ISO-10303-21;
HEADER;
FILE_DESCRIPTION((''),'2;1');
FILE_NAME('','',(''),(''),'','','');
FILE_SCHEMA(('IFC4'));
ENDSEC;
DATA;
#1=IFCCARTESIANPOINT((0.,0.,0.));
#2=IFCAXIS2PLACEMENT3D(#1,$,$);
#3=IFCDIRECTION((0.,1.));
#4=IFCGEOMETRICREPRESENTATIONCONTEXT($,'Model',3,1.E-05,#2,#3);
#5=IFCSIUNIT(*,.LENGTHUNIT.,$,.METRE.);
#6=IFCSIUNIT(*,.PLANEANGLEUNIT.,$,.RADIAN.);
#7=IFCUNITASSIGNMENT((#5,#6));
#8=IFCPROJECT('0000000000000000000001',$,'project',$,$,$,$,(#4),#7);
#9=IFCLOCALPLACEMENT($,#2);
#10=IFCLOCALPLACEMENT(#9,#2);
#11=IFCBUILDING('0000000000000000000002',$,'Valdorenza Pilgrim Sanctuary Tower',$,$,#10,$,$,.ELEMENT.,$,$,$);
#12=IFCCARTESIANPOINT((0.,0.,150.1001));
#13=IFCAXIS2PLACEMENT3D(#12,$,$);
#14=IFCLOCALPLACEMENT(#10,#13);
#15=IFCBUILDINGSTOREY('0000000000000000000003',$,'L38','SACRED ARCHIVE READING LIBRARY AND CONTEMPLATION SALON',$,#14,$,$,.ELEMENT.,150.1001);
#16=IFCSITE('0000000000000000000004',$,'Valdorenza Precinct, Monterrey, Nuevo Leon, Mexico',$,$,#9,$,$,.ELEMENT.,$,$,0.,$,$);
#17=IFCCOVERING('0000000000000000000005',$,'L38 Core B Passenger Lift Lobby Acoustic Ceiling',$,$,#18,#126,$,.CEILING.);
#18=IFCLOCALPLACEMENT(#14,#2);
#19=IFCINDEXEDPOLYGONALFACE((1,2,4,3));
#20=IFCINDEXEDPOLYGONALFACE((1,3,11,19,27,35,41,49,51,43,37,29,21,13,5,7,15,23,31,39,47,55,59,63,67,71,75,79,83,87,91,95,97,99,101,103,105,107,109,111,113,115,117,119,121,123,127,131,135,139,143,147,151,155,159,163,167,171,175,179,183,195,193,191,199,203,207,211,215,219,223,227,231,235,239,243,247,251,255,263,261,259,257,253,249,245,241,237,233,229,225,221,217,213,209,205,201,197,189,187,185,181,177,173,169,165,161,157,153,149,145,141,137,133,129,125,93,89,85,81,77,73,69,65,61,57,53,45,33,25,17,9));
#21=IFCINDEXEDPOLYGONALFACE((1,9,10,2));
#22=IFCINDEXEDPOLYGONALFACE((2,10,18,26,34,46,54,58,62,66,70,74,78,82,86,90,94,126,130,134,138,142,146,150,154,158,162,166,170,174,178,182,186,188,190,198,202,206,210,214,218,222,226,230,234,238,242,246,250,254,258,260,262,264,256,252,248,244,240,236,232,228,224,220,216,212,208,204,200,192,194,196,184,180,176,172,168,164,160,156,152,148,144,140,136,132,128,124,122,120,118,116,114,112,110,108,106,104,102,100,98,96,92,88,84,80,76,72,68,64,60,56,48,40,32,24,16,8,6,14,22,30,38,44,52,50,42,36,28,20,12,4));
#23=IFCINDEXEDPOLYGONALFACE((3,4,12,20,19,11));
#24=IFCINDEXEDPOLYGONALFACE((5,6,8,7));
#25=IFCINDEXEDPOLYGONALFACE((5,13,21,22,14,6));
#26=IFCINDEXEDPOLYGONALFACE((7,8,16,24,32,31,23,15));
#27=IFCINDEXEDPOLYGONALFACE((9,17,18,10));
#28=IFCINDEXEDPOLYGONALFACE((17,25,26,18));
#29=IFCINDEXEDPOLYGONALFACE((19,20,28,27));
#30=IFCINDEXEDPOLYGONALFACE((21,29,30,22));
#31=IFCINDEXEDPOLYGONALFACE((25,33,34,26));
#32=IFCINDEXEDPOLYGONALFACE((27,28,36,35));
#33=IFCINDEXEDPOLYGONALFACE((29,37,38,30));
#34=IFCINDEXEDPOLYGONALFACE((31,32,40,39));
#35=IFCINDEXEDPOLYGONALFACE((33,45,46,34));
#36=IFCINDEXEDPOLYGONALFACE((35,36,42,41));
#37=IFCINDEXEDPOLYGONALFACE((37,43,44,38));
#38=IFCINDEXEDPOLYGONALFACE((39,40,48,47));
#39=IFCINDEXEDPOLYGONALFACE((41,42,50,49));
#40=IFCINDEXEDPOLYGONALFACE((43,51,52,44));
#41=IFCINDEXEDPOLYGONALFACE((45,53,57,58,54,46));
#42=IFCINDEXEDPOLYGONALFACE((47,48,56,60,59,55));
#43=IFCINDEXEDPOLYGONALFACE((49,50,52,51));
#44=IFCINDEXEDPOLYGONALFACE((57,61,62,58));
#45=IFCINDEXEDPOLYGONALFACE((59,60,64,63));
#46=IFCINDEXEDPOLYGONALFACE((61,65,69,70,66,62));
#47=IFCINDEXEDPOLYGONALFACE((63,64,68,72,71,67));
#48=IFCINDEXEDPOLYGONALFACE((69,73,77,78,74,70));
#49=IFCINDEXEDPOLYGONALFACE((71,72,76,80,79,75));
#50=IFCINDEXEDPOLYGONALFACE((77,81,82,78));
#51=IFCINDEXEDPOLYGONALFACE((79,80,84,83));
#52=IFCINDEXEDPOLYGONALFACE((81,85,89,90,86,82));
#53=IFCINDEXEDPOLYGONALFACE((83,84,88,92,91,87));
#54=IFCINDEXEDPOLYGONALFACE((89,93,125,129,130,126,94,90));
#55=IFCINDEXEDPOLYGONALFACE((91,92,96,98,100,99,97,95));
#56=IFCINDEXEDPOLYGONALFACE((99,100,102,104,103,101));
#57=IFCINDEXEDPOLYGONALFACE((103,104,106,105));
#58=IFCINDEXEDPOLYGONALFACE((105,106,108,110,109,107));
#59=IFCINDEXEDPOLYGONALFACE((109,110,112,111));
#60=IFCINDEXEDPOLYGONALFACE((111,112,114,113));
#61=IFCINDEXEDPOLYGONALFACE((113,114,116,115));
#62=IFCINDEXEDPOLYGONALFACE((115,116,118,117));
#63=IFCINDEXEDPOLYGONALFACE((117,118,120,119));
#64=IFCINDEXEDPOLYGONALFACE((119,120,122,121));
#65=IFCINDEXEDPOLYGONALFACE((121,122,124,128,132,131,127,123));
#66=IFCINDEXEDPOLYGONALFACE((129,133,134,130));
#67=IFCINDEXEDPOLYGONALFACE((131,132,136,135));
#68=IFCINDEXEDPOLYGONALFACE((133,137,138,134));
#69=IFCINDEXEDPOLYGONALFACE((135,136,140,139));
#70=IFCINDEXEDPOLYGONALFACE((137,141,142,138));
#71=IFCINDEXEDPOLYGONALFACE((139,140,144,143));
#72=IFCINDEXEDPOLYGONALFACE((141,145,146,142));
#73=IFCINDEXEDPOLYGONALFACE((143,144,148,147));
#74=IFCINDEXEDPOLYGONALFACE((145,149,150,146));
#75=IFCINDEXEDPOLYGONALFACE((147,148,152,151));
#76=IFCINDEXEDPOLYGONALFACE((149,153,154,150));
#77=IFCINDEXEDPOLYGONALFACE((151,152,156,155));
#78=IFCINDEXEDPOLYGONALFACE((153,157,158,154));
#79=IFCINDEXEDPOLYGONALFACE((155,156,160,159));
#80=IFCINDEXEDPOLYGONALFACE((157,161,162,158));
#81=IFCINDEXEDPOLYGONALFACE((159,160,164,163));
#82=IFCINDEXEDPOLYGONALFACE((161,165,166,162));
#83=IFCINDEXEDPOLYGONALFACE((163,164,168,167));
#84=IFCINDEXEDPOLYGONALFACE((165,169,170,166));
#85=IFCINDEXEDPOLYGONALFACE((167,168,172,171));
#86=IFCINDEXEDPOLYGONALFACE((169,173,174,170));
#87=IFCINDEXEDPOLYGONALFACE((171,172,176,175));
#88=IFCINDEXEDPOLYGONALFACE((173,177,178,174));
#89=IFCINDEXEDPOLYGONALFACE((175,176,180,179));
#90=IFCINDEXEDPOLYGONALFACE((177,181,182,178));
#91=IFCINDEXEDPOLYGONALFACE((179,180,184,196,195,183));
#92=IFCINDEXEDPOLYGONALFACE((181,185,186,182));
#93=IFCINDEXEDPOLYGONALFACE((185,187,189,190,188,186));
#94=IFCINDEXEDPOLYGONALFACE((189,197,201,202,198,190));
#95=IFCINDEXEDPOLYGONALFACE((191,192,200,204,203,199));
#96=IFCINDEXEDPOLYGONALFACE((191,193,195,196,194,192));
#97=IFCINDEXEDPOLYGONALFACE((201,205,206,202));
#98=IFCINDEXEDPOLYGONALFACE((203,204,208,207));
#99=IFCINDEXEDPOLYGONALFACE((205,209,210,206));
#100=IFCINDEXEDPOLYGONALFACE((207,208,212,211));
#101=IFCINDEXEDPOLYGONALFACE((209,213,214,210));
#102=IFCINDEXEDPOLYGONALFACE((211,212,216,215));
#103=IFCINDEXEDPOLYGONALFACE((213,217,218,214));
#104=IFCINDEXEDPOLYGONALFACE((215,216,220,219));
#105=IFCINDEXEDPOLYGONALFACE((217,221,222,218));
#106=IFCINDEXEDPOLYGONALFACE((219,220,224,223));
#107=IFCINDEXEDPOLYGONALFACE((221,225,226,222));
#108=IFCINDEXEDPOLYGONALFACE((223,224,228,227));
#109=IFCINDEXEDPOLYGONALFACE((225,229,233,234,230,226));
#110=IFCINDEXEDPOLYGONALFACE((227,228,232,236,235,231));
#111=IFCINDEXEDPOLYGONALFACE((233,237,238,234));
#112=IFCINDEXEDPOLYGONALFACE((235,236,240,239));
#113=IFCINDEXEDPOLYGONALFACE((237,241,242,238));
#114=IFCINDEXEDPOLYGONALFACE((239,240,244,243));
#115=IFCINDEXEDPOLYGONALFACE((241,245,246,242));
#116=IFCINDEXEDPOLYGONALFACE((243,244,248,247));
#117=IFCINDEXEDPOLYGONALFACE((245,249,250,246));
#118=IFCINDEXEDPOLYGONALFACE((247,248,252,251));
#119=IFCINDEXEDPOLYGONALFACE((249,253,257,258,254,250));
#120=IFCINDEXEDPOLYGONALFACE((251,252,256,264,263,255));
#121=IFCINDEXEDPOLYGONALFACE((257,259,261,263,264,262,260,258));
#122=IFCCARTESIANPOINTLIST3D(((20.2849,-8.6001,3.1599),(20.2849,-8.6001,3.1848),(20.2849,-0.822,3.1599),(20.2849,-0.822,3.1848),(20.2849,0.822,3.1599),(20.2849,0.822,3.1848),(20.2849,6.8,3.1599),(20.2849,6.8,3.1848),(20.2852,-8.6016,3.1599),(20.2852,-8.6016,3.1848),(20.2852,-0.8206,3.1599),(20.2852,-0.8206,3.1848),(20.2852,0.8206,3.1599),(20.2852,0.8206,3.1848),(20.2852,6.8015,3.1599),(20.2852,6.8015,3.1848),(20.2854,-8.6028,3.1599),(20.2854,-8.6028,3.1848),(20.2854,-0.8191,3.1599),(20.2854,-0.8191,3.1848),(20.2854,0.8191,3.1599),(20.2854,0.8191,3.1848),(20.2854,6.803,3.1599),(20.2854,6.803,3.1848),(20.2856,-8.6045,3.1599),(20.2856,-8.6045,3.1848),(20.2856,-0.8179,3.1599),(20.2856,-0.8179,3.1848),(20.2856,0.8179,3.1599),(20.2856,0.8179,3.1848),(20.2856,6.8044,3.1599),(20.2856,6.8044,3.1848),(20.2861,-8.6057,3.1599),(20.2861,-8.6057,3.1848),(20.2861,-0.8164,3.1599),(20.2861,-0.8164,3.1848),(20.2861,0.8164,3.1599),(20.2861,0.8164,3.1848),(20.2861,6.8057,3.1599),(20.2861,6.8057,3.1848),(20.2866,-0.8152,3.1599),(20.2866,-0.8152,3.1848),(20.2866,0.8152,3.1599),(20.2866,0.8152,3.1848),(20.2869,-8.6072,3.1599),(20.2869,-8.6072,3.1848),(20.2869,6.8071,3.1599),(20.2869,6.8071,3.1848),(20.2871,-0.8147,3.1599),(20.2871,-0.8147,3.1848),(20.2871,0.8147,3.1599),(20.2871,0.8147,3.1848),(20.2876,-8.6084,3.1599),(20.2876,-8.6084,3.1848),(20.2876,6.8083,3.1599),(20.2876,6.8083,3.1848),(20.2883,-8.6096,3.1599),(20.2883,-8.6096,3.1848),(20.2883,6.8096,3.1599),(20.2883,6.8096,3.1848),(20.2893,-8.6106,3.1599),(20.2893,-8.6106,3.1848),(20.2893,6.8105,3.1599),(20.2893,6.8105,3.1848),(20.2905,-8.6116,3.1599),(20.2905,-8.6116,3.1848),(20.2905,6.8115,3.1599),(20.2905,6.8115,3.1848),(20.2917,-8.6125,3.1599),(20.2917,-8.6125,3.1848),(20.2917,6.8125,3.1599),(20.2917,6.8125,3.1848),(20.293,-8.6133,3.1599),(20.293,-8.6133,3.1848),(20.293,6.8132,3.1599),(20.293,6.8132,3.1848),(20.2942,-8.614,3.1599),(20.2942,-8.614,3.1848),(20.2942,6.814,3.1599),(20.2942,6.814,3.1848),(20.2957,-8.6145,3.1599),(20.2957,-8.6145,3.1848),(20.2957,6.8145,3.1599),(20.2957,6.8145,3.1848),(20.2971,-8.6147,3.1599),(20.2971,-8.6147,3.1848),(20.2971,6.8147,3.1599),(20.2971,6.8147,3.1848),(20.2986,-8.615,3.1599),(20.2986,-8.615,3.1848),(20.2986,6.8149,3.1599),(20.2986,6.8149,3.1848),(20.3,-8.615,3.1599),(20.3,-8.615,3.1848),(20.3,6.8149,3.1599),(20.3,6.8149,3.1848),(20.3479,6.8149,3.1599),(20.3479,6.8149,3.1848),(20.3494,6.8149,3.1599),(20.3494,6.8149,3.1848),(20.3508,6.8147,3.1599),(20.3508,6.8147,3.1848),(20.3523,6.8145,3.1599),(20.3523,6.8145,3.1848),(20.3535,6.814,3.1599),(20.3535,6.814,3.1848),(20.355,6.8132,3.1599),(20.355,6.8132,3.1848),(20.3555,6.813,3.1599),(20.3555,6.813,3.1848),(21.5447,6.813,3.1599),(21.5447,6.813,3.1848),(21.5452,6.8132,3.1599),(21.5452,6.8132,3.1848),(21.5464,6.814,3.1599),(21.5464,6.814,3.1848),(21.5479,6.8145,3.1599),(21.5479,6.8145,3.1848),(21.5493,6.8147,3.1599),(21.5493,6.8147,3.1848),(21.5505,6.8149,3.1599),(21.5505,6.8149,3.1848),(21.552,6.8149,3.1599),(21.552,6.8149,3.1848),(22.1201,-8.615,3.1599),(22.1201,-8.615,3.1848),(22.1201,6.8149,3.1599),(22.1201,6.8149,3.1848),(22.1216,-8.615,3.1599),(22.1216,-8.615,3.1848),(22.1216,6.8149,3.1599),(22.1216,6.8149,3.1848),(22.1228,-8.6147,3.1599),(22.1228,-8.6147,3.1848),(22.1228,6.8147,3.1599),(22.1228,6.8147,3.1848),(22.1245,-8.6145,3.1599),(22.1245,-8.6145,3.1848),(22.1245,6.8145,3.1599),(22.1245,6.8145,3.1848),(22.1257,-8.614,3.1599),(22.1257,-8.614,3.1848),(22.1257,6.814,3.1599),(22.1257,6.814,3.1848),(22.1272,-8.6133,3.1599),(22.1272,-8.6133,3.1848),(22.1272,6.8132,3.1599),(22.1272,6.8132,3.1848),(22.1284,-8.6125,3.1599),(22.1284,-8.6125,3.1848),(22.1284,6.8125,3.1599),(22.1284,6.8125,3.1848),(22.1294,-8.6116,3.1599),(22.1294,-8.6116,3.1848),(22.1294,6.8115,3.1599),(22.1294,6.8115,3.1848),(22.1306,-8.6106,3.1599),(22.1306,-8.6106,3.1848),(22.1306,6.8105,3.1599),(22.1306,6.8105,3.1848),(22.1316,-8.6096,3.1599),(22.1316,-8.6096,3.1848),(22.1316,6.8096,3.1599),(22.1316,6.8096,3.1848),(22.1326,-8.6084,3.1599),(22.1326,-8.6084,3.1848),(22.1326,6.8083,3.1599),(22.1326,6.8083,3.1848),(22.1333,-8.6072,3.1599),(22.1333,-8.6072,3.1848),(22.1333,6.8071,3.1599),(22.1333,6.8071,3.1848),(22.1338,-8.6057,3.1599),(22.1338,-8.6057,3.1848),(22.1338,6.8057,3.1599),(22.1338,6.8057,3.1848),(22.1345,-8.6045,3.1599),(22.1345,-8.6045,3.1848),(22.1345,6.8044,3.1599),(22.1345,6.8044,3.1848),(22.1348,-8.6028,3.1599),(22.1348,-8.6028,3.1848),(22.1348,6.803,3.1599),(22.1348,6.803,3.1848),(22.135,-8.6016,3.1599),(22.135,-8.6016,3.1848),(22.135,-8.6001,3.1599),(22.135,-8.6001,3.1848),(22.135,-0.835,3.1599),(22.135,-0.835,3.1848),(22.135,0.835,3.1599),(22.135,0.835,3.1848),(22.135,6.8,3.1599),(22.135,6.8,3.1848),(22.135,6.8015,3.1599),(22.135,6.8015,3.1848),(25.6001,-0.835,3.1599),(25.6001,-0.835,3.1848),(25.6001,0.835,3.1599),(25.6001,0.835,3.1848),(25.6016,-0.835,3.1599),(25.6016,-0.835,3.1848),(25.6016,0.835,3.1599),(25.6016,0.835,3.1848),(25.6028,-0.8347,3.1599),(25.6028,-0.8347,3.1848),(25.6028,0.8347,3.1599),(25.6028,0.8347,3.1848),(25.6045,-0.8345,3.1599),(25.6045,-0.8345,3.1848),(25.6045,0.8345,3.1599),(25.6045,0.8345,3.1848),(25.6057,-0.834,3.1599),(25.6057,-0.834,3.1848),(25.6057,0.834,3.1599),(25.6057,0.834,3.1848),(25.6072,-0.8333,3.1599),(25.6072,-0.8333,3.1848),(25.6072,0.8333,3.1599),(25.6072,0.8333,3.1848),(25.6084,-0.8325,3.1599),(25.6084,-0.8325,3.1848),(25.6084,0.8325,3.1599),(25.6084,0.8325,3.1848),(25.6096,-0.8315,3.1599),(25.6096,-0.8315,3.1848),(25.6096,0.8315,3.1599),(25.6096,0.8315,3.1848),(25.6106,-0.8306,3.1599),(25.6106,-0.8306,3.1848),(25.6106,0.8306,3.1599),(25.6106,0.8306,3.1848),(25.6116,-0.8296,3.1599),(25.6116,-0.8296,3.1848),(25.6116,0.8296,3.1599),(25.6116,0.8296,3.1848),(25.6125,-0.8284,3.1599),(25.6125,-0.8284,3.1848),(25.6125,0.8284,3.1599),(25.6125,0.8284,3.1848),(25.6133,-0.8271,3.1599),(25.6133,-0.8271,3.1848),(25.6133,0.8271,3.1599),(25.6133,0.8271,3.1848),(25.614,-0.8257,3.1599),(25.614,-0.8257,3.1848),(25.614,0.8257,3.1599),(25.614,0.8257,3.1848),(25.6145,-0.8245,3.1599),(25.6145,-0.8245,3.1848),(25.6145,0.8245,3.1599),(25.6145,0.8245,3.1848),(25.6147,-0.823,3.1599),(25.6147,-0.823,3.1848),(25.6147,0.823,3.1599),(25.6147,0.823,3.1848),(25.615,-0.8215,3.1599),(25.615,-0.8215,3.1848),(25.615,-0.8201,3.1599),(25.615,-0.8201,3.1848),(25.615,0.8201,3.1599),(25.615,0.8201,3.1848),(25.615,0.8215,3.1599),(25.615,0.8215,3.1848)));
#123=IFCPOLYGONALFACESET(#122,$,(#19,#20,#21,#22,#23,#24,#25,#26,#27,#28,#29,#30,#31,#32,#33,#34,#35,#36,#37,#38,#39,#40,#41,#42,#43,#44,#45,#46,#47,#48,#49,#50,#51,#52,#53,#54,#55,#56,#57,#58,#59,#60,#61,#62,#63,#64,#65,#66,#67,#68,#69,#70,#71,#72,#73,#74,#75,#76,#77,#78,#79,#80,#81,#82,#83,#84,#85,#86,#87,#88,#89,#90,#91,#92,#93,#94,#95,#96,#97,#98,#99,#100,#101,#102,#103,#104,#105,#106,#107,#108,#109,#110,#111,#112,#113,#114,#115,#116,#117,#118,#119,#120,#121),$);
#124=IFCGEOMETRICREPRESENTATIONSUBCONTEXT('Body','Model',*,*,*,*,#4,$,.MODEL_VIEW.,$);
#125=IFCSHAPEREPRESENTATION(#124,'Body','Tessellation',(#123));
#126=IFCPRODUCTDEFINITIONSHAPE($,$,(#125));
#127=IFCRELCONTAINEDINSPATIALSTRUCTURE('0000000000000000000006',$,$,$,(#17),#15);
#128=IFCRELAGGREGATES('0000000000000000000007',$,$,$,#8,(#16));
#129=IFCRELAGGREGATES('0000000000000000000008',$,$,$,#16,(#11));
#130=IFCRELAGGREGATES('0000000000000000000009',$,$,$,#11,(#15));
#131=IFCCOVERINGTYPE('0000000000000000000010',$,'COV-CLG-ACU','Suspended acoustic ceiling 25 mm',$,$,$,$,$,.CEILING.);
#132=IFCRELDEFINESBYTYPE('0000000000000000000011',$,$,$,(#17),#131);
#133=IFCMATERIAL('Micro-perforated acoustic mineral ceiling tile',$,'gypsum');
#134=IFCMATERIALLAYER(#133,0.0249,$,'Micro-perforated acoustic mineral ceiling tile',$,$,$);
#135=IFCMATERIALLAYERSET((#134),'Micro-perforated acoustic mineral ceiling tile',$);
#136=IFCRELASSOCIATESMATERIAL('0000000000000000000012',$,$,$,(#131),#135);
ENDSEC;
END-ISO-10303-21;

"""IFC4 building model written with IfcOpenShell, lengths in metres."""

from ifc_helpers import new_model, si_unit, direction, frame, origin, place, context, subcontext, project, spatial, polyline, outline, extrude, material, layer, layer_set, type_object, element, save


model = new_model("IFC4")

# Units and contexts
model_context = context("Model", 3, precision=1e-05, world=origin(), true_north=direction((0.0, 1.0)))
body_context = subcontext(model_context, "Body", "Model", "MODEL_VIEW")
ifc_project = project(units=[si_unit("LENGTHUNIT", "METRE"), si_unit("PLANEANGLEUNIT", "RADIAN")], contexts=[model_context])

# Site, building, storey
site_placement = place(None, origin())
site = spatial("IfcSite", under=ifc_project, at=site_placement, Name="Valdorenza Precinct, Monterrey, Nuevo Leon, Mexico", CompositionType="ELEMENT", RefElevation=0.0)
building_placement = place(site_placement, origin())
building = spatial("IfcBuilding", under=site, at=building_placement, Name="Valdorenza Pilgrim Sanctuary Tower", CompositionType="ELEMENT")
storey_placement = place(building_placement, frame((0.0, 0.0, 150.1001)))
storey = spatial("IfcBuildingStorey", under=building, at=storey_placement, Name="L38", Description="SACRED ARCHIVE READING LIBRARY AND CONTEMPLATION SALON", CompositionType="ELEMENT", Elevation=150.1001)

# Covering
ifc_material_1 = material(Name="Micro-perforated acoustic mineral ceiling tile", Category="gypsum")
ifc_layer_1 = layer(ifc_material_1, 0.0249, Name="Micro-perforated acoustic mineral ceiling tile")
ifc_layer_set_1 = layer_set([ifc_layer_1], Name="Micro-perforated acoustic mineral ceiling tile")
covering_type_1 = type_object("IfcCoveringType", Name="COV-CLG-ACU", Description="Suspended acoustic ceiling 25 mm", PredefinedType="CEILING", material=ifc_layer_set_1)
covering_1_placement = place(storey_placement, frame((0.0, 0.0, 3.1599)))
element("IfcCovering", 1, at=covering_1_placement, inside=storey, type_object=covering_type_1, Name="L38 Core B Passenger Lift Lobby Acoustic Ceiling", PredefinedType="CEILING", context=body_context, shape_type="SweptSolid", body=[
    extrude(outline(polyline([(20.2871, -0.8147), (20.2871, 0.8147), (20.2866, 0.8152), (20.2861, 0.8164), (20.2856, 0.8179), (20.2854, 0.8191), (20.2852, 0.8206), (20.2849, 0.822), (20.2849, 6.8), (20.2852, 6.8015), (20.2854, 6.803), (20.2856, 6.8044), (20.2861, 6.8057), (20.2869, 6.8071), (20.2876, 6.8083), (20.2883, 6.8096), (20.2893, 6.8105), (20.2905, 6.8115), (20.2917, 6.8125), (20.293, 6.8132), (20.2942, 6.814), (20.2957, 6.8145), (20.2971, 6.8147), (20.2986, 6.8149), (20.3, 6.8149), (20.3479, 6.8149), (20.3494, 6.8149), (20.3508, 6.8147), (20.3523, 6.8145), (20.3535, 6.814), (20.355, 6.8132), (20.3555, 6.813), (21.5447, 6.813), (21.5452, 6.8132), (21.5464, 6.814), (21.5479, 6.8145), (21.5493, 6.8147), (21.5505, 6.8149), (21.552, 6.8149), (22.1201, 6.8149), (22.1216, 6.8149), (22.1228, 6.8147), (22.1245, 6.8145), (22.1257, 6.814), (22.1272, 6.8132), (22.1284, 6.8125), (22.1294, 6.8115), (22.1306, 6.8105), (22.1316, 6.8096), (22.1326, 6.8083), (22.1333, 6.8071), (22.1338, 6.8057), (22.1345, 6.8044), (22.1348, 6.803), (22.135, 6.8015), (22.135, 6.8), (22.135, 0.835), (25.6001, 0.835), (25.6016, 0.835), (25.6028, 0.8347), (25.6045, 0.8345), (25.6057, 0.834), (25.6072, 0.8333), (25.6084, 0.8325), (25.6096, 0.8315), (25.6106, 0.8306), (25.6116, 0.8296), (25.6125, 0.8284), (25.6133, 0.8271), (25.614, 0.8257), (25.6145, 0.8245), (25.6147, 0.823), (25.615, 0.8215), (25.615, 0.8201), (25.615, -0.8201), (25.615, -0.8215), (25.6147, -0.823), (25.6145, -0.8245), (25.614, -0.8257), (25.6133, -0.8271), (25.6125, -0.8284), (25.6116, -0.8296), (25.6106, -0.8306), (25.6096, -0.8315), (25.6084, -0.8325), (25.6072, -0.8333), (25.6057, -0.834), (25.6045, -0.8345), (25.6028, -0.8347), (25.6016, -0.835), (25.6001, -0.835), (22.135, -0.835), (22.135, -8.6001), (22.135, -8.6016), (22.1348, -8.6028), (22.1345, -8.6045), (22.1338, -8.6057), (22.1333, -8.6072), (22.1326, -8.6084), (22.1316, -8.6096), (22.1306, -8.6106), (22.1294, -8.6116), (22.1284, -8.6125), (22.1272, -8.6133), (22.1257, -8.614), (22.1245, -8.6145), (22.1228, -8.6147), (22.1216, -8.615), (22.1201, -8.615), (20.3, -8.615), (20.2986, -8.615), (20.2971, -8.6147), (20.2957, -8.6145), (20.2942, -8.614), (20.293, -8.6133), (20.2917, -8.6125), (20.2905, -8.6116), (20.2893, -8.6106), (20.2883, -8.6096), (20.2876, -8.6084), (20.2869, -8.6072), (20.2861, -8.6057), (20.2856, -8.6045), (20.2854, -8.6028), (20.2852, -8.6016), (20.2849, -8.6001), (20.2849, -0.822), (20.2852, -0.8206), (20.2854, -0.8191), (20.2856, -0.8179), (20.2861, -0.8164), (20.2866, -0.8152), (20.2871, -0.8147)])), origin(), (0.0, 0.0, 1.0), 0.0249),
])

save(model, "model.ifc")
